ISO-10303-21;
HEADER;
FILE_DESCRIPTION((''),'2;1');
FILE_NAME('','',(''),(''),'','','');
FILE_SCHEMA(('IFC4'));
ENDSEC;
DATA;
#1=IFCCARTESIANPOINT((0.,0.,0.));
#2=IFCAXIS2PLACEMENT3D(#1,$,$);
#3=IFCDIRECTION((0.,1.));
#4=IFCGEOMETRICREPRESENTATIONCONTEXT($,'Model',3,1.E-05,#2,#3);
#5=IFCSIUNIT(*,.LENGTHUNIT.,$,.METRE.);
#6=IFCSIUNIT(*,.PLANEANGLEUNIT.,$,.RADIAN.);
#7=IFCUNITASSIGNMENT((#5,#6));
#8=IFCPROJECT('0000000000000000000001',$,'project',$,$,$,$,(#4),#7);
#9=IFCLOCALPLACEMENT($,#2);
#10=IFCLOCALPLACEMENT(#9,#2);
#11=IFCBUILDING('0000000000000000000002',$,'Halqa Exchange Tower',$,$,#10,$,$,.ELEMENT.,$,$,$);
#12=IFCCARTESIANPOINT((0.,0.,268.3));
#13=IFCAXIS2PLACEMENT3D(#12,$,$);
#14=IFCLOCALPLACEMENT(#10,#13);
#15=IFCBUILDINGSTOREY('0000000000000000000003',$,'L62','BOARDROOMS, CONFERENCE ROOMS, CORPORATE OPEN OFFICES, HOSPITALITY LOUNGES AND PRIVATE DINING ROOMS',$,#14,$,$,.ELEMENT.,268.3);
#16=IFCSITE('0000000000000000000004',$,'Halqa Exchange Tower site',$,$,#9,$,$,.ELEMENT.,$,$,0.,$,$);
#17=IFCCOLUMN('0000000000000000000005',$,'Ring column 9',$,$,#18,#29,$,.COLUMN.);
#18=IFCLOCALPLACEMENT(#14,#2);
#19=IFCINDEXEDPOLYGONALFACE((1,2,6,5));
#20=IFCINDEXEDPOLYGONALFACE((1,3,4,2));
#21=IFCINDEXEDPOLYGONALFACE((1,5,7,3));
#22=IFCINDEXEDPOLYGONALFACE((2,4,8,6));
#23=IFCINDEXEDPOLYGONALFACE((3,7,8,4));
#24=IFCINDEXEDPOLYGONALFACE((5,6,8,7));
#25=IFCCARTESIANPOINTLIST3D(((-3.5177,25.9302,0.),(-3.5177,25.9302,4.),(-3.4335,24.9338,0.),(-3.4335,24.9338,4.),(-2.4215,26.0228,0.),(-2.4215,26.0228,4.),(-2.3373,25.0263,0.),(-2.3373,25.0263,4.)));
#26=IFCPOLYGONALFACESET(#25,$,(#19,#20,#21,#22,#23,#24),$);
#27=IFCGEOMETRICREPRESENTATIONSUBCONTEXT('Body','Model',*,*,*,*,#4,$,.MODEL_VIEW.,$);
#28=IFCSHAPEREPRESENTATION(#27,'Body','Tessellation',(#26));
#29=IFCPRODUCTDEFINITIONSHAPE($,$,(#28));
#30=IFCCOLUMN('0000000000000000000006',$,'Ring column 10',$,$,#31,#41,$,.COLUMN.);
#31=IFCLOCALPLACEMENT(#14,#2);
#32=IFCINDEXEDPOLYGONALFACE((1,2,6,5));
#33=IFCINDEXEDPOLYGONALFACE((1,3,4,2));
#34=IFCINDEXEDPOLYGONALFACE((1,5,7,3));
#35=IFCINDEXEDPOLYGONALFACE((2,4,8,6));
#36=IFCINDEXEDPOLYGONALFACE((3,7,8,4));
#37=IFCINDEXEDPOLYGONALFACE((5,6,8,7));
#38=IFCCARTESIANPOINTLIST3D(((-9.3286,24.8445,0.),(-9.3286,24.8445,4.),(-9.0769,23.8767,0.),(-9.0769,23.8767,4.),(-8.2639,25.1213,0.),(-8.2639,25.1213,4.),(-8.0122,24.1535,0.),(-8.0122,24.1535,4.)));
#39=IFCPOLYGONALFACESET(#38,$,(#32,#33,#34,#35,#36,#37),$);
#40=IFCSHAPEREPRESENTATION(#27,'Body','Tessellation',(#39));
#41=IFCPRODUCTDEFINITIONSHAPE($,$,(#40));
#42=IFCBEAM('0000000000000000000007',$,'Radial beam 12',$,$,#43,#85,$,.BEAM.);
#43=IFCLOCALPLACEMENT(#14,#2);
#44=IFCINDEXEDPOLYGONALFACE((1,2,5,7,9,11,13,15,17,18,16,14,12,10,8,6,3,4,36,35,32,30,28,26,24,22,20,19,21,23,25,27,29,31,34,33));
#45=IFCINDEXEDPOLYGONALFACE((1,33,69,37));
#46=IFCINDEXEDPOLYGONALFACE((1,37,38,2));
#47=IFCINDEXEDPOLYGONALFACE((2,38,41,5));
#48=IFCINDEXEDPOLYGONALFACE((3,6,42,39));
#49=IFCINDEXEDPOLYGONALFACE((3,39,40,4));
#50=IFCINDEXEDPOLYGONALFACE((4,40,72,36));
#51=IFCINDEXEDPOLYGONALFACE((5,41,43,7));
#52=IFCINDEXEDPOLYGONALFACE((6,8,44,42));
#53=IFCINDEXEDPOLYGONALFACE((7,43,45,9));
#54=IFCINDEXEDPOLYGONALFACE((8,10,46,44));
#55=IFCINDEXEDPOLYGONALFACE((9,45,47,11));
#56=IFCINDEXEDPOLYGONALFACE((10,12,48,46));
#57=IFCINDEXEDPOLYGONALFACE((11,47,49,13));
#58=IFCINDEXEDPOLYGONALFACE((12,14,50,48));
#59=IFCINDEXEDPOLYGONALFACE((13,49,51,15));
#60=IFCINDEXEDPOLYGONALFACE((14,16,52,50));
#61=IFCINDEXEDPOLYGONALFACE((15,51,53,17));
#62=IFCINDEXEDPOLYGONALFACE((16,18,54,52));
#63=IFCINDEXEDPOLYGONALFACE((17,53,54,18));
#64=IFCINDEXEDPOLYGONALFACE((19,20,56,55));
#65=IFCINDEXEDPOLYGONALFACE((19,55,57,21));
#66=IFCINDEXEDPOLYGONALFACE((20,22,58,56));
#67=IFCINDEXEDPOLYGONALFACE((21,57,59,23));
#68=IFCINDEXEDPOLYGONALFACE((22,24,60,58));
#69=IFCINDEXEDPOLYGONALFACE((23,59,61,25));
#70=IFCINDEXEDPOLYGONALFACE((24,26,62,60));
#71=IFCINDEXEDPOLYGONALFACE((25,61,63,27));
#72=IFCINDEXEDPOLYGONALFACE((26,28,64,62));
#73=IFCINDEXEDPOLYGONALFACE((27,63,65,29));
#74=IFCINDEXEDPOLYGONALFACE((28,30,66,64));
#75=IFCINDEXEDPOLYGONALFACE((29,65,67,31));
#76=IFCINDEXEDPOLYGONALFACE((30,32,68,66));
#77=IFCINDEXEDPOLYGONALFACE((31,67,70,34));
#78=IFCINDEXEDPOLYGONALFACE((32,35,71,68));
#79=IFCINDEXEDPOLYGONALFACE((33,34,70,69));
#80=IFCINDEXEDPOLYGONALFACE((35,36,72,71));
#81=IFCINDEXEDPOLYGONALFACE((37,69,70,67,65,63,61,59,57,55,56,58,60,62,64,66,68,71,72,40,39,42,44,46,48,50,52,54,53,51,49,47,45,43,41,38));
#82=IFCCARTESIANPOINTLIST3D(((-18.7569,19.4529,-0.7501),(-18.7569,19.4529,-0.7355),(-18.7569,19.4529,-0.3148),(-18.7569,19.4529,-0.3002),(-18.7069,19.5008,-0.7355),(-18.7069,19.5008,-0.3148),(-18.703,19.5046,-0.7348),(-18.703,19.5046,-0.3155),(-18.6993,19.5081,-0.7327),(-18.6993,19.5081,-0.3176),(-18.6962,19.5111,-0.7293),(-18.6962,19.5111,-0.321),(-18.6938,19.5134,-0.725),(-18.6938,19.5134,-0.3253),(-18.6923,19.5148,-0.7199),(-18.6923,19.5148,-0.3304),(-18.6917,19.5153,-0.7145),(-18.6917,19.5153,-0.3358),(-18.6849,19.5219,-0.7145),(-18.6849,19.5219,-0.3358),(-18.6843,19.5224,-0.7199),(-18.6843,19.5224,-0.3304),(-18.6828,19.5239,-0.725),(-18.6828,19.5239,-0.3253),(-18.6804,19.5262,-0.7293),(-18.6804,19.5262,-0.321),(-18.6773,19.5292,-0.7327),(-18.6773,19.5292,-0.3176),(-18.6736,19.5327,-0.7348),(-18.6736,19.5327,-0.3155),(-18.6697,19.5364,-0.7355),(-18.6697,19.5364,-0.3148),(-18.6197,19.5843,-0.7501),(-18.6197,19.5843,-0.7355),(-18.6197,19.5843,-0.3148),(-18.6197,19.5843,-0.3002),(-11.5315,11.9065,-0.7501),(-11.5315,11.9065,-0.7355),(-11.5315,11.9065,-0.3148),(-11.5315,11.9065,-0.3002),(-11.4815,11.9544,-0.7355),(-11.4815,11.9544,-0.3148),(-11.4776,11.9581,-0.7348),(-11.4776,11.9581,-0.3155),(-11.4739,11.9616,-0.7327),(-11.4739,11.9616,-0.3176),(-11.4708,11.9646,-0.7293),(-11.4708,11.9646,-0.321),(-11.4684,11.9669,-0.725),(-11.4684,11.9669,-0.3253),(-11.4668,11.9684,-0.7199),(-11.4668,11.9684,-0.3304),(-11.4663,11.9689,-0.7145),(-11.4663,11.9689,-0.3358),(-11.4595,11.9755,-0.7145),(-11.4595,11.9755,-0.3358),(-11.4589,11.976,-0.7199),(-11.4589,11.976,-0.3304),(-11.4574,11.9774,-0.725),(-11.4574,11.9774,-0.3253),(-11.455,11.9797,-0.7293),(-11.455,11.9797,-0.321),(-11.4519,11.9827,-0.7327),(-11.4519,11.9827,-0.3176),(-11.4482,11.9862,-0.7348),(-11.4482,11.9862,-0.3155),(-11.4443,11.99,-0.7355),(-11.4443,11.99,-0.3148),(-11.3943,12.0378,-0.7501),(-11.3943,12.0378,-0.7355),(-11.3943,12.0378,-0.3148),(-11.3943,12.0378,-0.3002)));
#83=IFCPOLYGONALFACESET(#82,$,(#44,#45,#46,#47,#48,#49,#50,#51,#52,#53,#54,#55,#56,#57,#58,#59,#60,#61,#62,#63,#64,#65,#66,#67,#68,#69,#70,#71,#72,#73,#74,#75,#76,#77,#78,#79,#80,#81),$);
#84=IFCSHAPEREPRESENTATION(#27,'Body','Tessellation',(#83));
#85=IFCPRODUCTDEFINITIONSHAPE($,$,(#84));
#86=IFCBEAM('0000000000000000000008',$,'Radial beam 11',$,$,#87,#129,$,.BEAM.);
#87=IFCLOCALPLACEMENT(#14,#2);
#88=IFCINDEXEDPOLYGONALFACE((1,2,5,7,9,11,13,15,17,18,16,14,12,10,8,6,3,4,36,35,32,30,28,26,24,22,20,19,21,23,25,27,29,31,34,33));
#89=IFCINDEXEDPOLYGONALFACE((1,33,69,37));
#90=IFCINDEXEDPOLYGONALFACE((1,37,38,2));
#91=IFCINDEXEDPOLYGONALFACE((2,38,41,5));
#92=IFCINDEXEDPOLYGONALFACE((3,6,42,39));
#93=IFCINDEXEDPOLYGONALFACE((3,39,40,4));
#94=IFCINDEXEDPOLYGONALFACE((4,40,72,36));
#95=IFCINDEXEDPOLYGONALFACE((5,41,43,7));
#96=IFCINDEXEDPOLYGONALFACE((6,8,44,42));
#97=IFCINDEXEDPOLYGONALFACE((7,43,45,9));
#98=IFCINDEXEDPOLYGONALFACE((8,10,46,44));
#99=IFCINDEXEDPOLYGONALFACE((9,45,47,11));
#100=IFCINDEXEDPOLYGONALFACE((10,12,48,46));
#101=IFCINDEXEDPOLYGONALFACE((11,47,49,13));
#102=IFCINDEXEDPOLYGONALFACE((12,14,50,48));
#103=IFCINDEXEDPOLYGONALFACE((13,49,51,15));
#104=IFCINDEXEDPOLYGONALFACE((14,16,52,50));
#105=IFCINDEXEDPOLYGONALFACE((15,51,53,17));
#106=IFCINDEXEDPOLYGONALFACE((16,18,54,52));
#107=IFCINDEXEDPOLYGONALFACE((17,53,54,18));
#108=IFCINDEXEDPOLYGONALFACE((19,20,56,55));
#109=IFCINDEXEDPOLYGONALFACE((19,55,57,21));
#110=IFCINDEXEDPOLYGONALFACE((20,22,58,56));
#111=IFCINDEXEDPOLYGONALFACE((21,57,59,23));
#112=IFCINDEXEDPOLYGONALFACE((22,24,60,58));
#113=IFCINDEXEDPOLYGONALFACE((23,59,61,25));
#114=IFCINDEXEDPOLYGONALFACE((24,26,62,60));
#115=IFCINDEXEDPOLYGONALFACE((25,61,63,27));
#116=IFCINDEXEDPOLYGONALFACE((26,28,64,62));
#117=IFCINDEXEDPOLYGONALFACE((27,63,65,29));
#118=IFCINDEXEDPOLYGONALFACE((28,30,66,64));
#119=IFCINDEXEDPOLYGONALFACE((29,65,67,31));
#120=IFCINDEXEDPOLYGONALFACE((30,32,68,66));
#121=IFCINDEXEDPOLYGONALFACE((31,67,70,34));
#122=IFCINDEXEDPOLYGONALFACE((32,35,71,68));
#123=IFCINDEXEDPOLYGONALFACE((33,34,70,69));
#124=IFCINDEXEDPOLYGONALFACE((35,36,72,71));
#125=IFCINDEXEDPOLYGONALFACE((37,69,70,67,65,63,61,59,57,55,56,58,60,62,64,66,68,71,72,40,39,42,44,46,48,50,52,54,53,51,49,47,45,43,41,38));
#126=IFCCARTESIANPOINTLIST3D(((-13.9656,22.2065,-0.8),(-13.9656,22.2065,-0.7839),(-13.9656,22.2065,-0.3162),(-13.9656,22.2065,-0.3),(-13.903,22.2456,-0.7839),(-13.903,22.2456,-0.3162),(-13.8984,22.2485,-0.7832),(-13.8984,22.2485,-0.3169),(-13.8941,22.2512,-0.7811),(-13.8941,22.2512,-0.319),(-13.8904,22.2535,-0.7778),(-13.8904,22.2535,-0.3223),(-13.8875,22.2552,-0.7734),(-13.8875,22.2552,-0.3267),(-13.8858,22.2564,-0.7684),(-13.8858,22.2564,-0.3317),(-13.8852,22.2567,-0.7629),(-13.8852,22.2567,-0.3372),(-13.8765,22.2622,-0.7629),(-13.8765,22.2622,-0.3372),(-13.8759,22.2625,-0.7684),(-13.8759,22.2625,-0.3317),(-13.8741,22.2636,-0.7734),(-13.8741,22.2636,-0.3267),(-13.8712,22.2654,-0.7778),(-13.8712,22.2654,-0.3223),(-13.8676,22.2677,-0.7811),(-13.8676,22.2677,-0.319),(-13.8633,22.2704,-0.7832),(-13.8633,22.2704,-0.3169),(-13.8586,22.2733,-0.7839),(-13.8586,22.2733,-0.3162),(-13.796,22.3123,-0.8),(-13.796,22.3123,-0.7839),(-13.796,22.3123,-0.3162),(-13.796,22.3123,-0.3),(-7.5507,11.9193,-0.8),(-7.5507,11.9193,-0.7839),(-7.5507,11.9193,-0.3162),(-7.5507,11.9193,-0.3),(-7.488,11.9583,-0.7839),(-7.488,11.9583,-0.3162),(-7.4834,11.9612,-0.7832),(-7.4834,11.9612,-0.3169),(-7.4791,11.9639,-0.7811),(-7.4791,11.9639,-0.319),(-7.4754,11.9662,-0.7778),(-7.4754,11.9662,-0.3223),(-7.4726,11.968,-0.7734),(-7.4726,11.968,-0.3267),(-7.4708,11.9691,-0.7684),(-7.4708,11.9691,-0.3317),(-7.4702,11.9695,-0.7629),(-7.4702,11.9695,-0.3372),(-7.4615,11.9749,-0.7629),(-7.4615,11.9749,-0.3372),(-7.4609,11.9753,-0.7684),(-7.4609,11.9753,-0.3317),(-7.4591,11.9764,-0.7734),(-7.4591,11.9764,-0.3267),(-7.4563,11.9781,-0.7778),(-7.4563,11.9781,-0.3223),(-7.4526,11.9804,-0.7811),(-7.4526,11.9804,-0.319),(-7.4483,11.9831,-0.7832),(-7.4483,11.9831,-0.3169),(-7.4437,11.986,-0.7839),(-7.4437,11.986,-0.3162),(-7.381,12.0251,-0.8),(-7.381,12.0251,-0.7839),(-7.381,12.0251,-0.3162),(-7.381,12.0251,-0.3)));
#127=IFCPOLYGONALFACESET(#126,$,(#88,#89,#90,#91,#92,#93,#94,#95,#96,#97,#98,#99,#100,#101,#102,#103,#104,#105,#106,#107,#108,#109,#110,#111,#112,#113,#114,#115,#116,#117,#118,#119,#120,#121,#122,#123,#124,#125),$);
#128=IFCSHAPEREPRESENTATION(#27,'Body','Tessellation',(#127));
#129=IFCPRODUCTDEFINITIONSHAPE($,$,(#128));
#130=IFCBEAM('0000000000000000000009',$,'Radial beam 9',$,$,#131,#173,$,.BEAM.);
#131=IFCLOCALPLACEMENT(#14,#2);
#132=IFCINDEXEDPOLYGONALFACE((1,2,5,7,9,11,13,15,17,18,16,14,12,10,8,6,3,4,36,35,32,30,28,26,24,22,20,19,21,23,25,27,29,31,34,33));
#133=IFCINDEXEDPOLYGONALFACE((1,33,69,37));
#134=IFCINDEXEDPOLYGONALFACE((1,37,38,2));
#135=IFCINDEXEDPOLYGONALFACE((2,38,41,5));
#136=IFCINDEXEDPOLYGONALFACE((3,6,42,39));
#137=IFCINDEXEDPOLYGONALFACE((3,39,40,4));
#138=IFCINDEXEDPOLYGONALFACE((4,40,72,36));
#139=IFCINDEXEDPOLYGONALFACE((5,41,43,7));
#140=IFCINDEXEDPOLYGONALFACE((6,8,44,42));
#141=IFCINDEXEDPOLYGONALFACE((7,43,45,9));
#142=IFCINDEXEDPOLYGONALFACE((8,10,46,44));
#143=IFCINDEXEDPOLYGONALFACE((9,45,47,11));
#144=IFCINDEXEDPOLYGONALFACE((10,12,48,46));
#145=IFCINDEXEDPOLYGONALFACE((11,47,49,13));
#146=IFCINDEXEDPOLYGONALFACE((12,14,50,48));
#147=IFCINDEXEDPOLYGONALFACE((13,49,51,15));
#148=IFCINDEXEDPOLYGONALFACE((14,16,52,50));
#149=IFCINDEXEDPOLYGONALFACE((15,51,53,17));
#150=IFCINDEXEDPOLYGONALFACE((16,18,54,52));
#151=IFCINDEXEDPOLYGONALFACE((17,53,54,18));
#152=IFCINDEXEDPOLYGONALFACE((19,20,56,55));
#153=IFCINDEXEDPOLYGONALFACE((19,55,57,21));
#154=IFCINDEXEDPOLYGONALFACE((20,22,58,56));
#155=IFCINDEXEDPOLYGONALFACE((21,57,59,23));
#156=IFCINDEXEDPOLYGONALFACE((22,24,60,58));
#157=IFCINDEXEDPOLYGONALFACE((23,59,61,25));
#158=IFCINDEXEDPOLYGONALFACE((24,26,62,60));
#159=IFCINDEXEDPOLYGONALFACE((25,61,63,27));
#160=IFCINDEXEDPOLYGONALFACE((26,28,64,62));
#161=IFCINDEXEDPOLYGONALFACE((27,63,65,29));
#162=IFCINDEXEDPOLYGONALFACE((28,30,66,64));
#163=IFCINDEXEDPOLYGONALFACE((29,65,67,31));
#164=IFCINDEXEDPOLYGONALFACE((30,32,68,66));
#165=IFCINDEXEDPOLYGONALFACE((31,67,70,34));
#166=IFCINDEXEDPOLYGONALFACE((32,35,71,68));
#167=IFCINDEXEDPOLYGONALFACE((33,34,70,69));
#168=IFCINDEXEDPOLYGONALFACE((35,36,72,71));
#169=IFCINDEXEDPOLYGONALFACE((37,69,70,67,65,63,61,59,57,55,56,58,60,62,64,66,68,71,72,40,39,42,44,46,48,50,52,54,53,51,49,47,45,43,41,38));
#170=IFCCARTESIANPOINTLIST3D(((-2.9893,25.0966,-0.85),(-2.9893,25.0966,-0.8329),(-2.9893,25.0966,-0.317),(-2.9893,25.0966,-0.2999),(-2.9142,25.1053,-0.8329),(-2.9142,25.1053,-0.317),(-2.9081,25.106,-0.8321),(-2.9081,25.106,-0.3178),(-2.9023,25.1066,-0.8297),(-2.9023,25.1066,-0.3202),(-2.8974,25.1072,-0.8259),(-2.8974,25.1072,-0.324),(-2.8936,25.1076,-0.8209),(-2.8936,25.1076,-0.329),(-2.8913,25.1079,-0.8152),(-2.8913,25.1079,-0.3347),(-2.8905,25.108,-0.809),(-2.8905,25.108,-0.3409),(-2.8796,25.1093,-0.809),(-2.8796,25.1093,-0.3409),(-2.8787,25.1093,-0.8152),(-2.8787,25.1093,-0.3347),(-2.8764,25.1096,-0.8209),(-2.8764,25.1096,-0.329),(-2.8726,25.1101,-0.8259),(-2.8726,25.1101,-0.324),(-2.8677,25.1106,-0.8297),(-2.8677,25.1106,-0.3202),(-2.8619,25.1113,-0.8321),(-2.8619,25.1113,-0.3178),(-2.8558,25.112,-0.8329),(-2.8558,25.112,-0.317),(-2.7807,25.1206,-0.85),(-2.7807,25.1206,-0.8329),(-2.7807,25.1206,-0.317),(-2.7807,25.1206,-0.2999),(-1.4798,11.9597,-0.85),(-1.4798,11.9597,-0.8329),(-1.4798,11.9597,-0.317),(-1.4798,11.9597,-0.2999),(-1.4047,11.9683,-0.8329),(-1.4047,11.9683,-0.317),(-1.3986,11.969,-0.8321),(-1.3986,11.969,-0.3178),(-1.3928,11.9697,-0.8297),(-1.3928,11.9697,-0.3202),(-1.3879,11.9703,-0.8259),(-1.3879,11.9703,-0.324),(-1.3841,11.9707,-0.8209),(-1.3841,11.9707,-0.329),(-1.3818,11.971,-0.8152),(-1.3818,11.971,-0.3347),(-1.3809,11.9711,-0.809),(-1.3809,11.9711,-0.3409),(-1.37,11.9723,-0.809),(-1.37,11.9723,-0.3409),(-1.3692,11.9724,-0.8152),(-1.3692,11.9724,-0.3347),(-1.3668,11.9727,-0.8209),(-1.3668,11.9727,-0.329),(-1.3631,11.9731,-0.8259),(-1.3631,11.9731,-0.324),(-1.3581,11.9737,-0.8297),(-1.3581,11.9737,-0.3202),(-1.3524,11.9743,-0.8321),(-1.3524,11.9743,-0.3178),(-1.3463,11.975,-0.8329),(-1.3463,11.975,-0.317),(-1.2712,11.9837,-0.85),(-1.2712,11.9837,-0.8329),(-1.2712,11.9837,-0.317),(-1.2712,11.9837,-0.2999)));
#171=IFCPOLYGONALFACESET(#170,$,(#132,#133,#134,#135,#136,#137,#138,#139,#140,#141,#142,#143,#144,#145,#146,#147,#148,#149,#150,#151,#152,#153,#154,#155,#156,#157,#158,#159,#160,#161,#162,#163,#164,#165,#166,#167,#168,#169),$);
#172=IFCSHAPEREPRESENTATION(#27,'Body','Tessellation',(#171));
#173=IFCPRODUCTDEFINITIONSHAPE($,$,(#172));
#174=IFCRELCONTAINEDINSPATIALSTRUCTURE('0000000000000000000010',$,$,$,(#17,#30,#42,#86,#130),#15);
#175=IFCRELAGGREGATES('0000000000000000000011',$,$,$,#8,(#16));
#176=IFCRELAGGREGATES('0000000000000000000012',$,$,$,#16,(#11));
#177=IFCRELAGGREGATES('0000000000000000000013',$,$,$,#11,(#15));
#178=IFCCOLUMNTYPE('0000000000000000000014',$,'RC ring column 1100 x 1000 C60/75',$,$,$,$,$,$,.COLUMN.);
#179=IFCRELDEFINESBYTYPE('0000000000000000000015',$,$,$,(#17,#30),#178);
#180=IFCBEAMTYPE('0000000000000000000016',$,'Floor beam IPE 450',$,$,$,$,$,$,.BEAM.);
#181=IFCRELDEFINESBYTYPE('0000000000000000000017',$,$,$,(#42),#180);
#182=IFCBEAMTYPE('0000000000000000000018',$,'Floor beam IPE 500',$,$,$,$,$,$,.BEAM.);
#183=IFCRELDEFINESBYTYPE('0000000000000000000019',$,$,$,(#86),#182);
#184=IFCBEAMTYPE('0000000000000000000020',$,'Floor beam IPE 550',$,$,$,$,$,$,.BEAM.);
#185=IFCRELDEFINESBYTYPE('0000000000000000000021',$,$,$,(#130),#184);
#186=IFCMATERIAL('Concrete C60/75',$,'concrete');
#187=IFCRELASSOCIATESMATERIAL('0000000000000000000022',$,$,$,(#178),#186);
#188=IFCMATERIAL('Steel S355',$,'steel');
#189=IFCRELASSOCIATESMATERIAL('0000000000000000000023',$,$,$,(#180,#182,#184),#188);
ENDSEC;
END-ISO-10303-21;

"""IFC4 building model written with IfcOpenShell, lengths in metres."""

from ifc_helpers import new_model, si_unit, direction, frame, origin, origin_2d, place, context, subcontext, project, spatial, rectangle, i_section, extrude, material, material_profile, profile_set, type_object, element, save


model = new_model("IFC4")

# Units and contexts
model_context = context("Model", 3, precision=1e-05, world=origin(), true_north=direction((0.0, 1.0)))
body_context = subcontext(model_context, "Body", "Model", "MODEL_VIEW")
ifc_project = project(units=[si_unit("LENGTHUNIT", "METRE"), si_unit("PLANEANGLEUNIT", "RADIAN")], contexts=[model_context])

# Site, building, storey
site_placement = place(None, origin())
site = spatial("IfcSite", under=ifc_project, at=site_placement, Name="Halqa Exchange Tower site", CompositionType="ELEMENT", RefElevation=0.0)
building_placement = place(site_placement, origin())
building = spatial("IfcBuilding", under=site, at=building_placement, Name="Halqa Exchange Tower", CompositionType="ELEMENT")
storey_placement = place(building_placement, frame((0.0, 0.0, 268.3)))
storey = spatial("IfcBuildingStorey", under=building, at=storey_placement, Name="L62", Description="BOARDROOMS, CONFERENCE ROOMS, CORPORATE OPEN OFFICES, HOSPITALITY LOUNGES AND PRIVATE DINING ROOMS", CompositionType="ELEMENT", Elevation=268.3)

# Columns
ifc_material_1 = material(Name="Concrete C60/75", Category="concrete")
ifc_material_profile_1 = material_profile(ifc_material_1, rectangle(XDim=1.1001, YDim=1.0, at=origin_2d()), Name="1100 x 1000")
ifc_profile_set_1 = profile_set([ifc_material_profile_1], Name="Concrete C60/75")
column_type = type_object("IfcColumnType", Name="RC ring column 1100 x 1000 C60/75", PredefinedType="COLUMN", material=ifc_profile_set_1)
for number, where, z_axis, x_axis, name in (
    (1, (-2.9275, 25.4783, 0.0), (0.0, 0.0, 1.0), (-0.996456, -0.084121, 0.0), "Ring column 9"),
    (2, (-8.6704, 24.499, 0.0), (0.0, 0.0, 1.0), (-0.96782, -0.251642, 0.0), "Ring column 10"),
):
    element("IfcColumn", number, at=place(storey_placement, frame(where, z_axis=z_axis, x_axis=x_axis)), inside=storey, type_object=column_type, Name=name, PredefinedType="COLUMN", context=body_context, shape_type="SweptSolid", body=[
        extrude(rectangle(XDim=1.1001, YDim=1.0, at=origin_2d()), origin(), (0.0, 0.0, 1.0), 4.0),
    ])

# Beams
ifc_material_2 = material(Name="Steel S355", Category="steel")
ifc_material_profile_2 = material_profile(ifc_material_2, i_section(OverallWidth=0.1899, OverallDepth=0.45, WebThickness=0.0095, FlangeThickness=0.0146, FilletRadius=0.021, at=origin_2d()), Name="IPE 450")
ifc_profile_set_2 = profile_set([ifc_material_profile_2], Name="Steel S355")
beam_type_1 = type_object("IfcBeamType", Name="Floor beam IPE 450", PredefinedType="BEAM", material=ifc_profile_set_2)
beam_1_placement = place(storey_placement, frame((-11.4629, 11.9722, -0.5251), z_axis=(-0.691575, 0.722304, 0.0), x_axis=(-0.722304, -0.691575, 0.0)))
element("IfcBeam", 3, at=beam_1_placement, inside=storey, type_object=beam_type_1, Name="Radial beam 12", PredefinedType="BEAM", context=body_context, shape_type="SweptSolid", body=[
    extrude(i_section(OverallWidth=0.1899, OverallDepth=0.45, WebThickness=0.0095, FlangeThickness=0.0146, FilletRadius=0.021, at=origin_2d()), origin(), (0.0, 0.0, 1.0), 10.4478),
])
ifc_material_profile_3 = material_profile(ifc_material_2, i_section(OverallWidth=0.2, OverallDepth=0.5, WebThickness=0.0103, FlangeThickness=0.0161, FilletRadius=0.021, at=origin_2d()), Name="IPE 500")
ifc_profile_set_3 = profile_set([ifc_material_profile_3], Name="Steel S355")
beam_type_2 = type_object("IfcBeamType", Name="Floor beam IPE 500", PredefinedType="BEAM", material=ifc_profile_set_3)
beam_2_placement = place(storey_placement, frame((-7.4658, 11.9722, -0.55), z_axis=(-0.529135, 0.848538, 0.0), x_axis=(-0.848538, -0.529135, 0.0)))
element("IfcBeam", 4, at=beam_2_placement, inside=storey, type_object=beam_type_2, Name="Radial beam 11", PredefinedType="BEAM", context=body_context, shape_type="SweptSolid", body=[
    extrude(i_section(OverallWidth=0.2, OverallDepth=0.5, WebThickness=0.0103, FlangeThickness=0.0161, FilletRadius=0.021, at=origin_2d()), origin(), (0.0, 0.0, 1.0), 12.1235),
])
ifc_material_profile_4 = material_profile(ifc_material_2, i_section(OverallWidth=0.21, OverallDepth=0.55, WebThickness=0.011, FlangeThickness=0.0171, FilletRadius=0.0239, at=origin_2d()), Name="IPE 550")
ifc_profile_set_4 = profile_set([ifc_material_profile_4], Name="Steel S355")
beam_type_3 = type_object("IfcBeamType", Name="Floor beam IPE 550", PredefinedType="BEAM", material=ifc_profile_set_4)
beam_3_placement = place(storey_placement, frame((-1.3755, 11.9717, -0.575), z_axis=(-0.114155, 0.993463, 0.0), x_axis=(-0.993463, -0.114155, 0.0)))
element("IfcBeam", 5, at=beam_3_placement, inside=storey, type_object=beam_type_3, Name="Radial beam 9", PredefinedType="BEAM", context=body_context, shape_type="SweptSolid", body=[
    extrude(i_section(OverallWidth=0.21, OverallDepth=0.55, WebThickness=0.011, FlangeThickness=0.0171, FilletRadius=0.0239, at=origin_2d()), origin(), (0.0, 0.0, 1.0), 13.2234),
])

save(model, "model.ifc")
